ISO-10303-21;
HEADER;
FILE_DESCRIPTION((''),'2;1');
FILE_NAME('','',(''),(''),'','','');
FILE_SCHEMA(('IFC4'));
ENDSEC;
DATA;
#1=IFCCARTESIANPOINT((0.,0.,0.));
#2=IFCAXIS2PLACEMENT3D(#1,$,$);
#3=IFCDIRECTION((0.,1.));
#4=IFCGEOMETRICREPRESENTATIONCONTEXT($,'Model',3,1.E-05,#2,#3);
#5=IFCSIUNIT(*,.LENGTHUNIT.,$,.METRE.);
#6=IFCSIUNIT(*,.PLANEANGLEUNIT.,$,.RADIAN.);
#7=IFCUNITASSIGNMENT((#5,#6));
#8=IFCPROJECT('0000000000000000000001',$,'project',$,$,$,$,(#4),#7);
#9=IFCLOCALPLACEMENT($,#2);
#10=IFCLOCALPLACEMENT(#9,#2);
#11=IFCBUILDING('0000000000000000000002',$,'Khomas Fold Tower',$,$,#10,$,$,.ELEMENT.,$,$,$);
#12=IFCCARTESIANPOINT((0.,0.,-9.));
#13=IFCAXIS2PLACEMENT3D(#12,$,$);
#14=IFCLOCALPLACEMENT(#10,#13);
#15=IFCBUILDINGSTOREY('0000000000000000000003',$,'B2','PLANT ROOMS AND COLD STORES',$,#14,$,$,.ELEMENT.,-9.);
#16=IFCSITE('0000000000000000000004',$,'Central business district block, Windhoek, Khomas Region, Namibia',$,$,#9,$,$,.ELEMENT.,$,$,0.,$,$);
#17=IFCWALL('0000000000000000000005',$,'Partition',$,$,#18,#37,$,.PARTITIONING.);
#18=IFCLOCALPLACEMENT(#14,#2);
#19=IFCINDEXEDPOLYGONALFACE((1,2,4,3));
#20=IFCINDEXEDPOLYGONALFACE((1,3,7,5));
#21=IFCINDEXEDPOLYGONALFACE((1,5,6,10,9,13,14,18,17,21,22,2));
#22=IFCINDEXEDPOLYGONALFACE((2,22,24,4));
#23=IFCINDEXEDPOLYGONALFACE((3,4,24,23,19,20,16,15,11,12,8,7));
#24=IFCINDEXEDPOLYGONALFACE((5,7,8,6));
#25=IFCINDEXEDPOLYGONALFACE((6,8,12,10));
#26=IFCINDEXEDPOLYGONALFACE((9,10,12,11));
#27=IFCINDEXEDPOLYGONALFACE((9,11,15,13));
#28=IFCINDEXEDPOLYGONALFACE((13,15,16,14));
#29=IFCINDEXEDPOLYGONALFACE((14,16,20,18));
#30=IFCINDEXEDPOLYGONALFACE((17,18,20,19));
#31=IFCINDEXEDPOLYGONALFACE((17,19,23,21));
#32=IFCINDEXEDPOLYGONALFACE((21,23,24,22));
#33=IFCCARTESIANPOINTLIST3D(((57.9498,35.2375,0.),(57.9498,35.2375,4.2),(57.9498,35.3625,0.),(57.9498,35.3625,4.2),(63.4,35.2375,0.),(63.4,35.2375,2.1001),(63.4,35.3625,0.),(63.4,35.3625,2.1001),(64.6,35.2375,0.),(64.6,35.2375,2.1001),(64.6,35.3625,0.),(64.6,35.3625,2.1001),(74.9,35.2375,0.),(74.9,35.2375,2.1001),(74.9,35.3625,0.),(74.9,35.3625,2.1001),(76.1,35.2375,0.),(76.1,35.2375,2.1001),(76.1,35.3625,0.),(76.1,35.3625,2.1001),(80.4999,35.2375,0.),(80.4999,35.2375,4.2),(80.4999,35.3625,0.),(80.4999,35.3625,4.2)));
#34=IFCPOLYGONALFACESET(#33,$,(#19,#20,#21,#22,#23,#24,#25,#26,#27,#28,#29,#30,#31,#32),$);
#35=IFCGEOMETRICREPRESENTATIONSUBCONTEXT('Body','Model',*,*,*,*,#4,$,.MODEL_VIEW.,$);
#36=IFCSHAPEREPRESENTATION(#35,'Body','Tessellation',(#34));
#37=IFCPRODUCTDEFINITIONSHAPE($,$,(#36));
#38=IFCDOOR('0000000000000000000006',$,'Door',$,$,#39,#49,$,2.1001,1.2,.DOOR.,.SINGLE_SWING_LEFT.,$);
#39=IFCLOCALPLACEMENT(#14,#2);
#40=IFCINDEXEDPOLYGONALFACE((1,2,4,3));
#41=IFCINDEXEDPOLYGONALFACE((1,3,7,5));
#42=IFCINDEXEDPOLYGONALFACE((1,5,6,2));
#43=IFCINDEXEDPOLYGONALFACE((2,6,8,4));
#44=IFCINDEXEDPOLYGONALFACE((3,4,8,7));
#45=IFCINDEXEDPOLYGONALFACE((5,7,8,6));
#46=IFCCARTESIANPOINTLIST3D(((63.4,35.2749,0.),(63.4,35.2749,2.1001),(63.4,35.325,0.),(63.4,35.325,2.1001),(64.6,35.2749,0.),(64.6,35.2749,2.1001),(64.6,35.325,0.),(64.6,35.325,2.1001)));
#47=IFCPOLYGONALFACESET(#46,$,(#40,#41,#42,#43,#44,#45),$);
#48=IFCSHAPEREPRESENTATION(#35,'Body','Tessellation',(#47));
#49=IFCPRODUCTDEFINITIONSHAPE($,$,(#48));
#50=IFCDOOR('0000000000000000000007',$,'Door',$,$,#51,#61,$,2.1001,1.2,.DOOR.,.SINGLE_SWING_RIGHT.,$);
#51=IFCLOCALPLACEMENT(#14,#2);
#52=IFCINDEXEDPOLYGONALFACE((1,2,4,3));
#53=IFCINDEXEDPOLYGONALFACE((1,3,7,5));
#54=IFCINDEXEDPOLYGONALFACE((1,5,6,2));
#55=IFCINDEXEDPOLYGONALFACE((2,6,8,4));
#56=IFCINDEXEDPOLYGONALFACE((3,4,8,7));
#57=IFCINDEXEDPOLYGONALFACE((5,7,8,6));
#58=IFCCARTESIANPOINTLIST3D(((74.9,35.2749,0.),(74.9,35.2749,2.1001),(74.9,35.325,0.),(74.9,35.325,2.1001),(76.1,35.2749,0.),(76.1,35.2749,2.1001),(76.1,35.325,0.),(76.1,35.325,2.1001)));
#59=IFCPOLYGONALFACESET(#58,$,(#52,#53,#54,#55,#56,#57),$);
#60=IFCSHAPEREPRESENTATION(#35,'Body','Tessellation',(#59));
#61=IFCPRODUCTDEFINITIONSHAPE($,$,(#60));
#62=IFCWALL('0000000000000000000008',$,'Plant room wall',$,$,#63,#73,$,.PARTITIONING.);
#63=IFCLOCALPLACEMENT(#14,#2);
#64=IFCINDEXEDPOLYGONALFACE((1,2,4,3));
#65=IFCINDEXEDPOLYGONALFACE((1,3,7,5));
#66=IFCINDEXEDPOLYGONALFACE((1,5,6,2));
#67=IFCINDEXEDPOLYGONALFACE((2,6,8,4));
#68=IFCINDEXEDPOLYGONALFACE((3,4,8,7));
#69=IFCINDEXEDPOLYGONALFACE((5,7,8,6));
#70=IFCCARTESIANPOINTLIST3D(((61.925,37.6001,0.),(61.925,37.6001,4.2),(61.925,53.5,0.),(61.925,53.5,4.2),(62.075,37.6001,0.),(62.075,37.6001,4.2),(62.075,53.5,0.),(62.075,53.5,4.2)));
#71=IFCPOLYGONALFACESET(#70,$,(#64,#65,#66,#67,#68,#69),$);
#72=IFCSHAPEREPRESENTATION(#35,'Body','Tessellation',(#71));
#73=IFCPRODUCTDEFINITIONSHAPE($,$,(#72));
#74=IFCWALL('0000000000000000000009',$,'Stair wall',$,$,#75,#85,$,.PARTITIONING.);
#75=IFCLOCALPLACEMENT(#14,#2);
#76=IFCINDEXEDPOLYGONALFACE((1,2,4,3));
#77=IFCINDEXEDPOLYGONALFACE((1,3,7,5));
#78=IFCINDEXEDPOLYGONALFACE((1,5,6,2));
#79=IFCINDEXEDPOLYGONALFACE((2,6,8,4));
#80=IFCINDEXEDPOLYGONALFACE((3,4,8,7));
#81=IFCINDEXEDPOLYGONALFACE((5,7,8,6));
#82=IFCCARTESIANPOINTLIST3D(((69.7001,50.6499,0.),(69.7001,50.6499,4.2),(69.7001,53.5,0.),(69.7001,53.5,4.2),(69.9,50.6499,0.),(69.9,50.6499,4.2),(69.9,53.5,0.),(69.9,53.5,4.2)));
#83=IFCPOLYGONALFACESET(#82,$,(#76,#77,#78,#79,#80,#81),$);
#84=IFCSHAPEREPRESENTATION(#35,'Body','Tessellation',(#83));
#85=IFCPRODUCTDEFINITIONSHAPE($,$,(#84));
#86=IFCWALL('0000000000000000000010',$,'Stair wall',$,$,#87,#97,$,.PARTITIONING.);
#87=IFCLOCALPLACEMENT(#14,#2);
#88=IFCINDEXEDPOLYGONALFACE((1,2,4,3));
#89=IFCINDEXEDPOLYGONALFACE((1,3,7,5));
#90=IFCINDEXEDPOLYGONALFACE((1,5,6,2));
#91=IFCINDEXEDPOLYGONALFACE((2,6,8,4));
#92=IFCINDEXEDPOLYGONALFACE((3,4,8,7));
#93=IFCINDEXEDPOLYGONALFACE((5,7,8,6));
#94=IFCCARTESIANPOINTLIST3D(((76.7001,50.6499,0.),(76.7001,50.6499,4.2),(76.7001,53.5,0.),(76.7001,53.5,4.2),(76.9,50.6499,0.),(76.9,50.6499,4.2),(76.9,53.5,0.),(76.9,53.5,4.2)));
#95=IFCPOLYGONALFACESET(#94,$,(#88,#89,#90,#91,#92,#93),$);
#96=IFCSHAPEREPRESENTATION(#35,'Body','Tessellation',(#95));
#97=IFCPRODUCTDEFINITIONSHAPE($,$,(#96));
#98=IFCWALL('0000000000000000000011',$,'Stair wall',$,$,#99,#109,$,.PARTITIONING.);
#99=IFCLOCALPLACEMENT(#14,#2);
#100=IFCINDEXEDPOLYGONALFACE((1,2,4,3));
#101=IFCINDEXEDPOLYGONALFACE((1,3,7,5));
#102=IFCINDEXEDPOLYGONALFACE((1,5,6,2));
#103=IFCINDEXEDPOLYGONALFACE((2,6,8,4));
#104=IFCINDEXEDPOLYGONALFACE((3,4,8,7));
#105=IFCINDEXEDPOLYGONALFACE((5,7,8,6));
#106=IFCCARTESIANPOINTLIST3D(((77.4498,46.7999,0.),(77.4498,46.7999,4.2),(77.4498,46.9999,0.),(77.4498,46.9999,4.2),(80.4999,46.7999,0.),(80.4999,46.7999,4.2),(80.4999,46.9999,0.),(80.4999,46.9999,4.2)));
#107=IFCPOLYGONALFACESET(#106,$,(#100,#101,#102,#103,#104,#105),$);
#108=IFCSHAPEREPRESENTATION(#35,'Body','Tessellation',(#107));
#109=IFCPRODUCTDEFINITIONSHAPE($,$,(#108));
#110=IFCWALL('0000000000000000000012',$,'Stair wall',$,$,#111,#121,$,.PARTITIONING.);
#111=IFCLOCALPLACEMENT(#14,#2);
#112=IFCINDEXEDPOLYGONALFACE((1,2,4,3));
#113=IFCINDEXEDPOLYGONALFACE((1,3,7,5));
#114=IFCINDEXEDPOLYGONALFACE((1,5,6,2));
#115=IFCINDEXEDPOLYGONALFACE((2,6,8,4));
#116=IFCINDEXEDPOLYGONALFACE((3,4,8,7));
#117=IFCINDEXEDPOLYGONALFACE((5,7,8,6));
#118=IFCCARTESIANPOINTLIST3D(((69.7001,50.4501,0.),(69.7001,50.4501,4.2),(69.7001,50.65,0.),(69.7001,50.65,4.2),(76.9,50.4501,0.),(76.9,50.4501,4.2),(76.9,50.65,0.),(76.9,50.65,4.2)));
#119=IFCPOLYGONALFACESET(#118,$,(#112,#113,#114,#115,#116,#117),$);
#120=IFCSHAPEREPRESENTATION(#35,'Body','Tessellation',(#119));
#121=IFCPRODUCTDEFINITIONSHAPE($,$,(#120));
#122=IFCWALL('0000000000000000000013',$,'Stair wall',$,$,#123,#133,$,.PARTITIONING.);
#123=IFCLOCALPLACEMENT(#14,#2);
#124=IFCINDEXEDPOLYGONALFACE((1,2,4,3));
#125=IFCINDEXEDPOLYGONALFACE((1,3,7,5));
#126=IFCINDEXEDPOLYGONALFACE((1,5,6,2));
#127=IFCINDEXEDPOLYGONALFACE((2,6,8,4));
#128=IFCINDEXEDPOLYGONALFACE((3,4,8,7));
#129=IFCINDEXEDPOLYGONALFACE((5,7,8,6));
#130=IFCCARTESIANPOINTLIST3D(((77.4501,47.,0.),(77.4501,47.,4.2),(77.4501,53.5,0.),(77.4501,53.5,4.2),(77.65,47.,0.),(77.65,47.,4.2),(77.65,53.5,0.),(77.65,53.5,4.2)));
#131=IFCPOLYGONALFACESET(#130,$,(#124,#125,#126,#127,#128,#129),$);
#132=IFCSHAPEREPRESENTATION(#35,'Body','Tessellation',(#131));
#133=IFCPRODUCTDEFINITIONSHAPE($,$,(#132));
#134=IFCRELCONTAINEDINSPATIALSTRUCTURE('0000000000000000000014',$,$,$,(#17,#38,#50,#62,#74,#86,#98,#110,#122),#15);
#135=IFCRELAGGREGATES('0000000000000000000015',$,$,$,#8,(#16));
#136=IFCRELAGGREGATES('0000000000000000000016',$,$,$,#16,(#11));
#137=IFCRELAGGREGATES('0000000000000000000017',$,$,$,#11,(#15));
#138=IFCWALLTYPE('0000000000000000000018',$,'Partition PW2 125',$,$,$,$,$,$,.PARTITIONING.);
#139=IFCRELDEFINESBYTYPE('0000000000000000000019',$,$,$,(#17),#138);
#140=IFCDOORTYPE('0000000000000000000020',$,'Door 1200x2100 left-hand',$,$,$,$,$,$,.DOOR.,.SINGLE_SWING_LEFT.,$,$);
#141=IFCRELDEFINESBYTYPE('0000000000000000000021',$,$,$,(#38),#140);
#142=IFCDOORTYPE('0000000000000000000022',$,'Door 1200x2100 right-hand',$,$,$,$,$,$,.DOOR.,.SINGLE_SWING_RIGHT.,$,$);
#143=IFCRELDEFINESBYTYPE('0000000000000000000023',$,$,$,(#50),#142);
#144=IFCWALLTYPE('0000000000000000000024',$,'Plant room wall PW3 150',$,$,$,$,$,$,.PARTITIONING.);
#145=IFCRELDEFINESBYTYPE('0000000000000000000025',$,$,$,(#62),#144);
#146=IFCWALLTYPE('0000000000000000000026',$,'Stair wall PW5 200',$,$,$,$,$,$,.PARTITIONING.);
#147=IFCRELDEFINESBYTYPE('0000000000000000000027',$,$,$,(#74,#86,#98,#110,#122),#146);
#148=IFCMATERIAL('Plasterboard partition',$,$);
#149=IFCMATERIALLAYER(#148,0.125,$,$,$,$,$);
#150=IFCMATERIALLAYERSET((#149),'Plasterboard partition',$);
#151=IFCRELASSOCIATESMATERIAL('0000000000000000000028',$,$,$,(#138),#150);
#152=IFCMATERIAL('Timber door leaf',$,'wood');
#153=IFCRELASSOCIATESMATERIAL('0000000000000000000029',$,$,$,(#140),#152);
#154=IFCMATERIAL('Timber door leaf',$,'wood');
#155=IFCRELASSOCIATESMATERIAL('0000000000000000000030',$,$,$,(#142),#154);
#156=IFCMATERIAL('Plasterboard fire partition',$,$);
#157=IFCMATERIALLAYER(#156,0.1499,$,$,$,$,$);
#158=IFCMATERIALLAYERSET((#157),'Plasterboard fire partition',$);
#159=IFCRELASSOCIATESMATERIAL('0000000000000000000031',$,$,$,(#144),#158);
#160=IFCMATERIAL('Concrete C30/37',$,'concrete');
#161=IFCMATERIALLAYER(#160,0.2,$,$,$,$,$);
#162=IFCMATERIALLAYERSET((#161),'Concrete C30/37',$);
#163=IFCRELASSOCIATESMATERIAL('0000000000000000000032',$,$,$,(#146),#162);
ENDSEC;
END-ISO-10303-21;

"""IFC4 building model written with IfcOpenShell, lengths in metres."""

from ifc_helpers import new_model, si_unit, direction, frame, frame_2d, origin, place, context, subcontext, project, spatial, rectangle, extrude, source, transform, mapped, material, layer, layer_set, type_object, element, fill, save


model = new_model("IFC4")

# Units and contexts
model_context = context("Model", 3, precision=1e-05, world=origin(), true_north=direction((0.0, 1.0)))
body_context = subcontext(model_context, "Body", "Model", "MODEL_VIEW")
ifc_project = project(units=[si_unit("LENGTHUNIT", "METRE"), si_unit("PLANEANGLEUNIT", "RADIAN")], contexts=[model_context])

# Site, building, storey
site_placement = place(None, origin())
site = spatial("IfcSite", under=ifc_project, at=site_placement, Name="Central business district block, Windhoek, Khomas Region, Namibia", CompositionType="ELEMENT", RefElevation=0.0)
building_placement = place(site_placement, origin())
building = spatial("IfcBuilding", under=site, at=building_placement, Name="Khomas Fold Tower", CompositionType="ELEMENT")
storey_placement = place(building_placement, frame((0.0, 0.0, -9.0)))
storey = spatial("IfcBuildingStorey", under=building, at=storey_placement, Name="B2", Description="PLANT ROOMS AND COLD STORES", CompositionType="ELEMENT", Elevation=-9.0)

# Wall, openings, doors
ifc_material_1 = material(Name="Plasterboard partition")
ifc_layer_1 = layer(ifc_material_1, 0.125)
ifc_layer_set_1 = layer_set([ifc_layer_1], Name="Plasterboard partition")
wall_type_1 = type_object("IfcWallType", Name="Partition PW2 125", PredefinedType="PARTITIONING", material=ifc_layer_set_1)
shared_shape_1 = source(origin(), body_context, "Body", "SweptSolid", [
    extrude(rectangle(XDim=22.55, YDim=0.125, at=frame_2d((11.2749, 0.0))), origin(), (0.0, 0.0, 1.0), 4.2),
])
wall_1_placement = place(storey_placement, frame((57.95, 35.3, 0.0), z_axis=(0.0, 0.0, 1.0), x_axis=(1.0, 0.0, 0.0)))
wall_1 = element("IfcWall", 1, at=wall_1_placement, inside=storey, type_object=wall_type_1, Name="Partition", PredefinedType="PARTITIONING", context=body_context, shape_type="MappedRepresentation", body=[
    mapped(shared_shape_1, transform((0.0, 0.0, 0.0))),
])
shared_shape_2 = source(origin(), body_context, "Body", "SweptSolid", [
    extrude(rectangle(XDim=1.2, YDim=2.1001, at=frame_2d((0.6001, 1.05))), frame((0.0, 0.0725, 0.0), z_axis=(0.0, -1.0, 0.0), x_axis=(1.0, 0.0, 0.0)), (0.0, 0.0, 1.0), 0.145),
])
opening_1_placement = place(wall_1_placement, frame((5.45, 0.0, 0.0)))
opening_1 = element("IfcOpeningElement", 2, at=opening_1_placement, cuts=wall_1, PredefinedType="OPENING", context=body_context, shape_type="MappedRepresentation", body=[
    mapped(shared_shape_2, transform((0.0, 0.0, 0.0))),
])
opening_2_placement = place(wall_1_placement, frame((16.95, 0.0, 0.0)))
opening_2 = element("IfcOpeningElement", 3, at=opening_2_placement, cuts=wall_1, PredefinedType="OPENING", context=body_context, shape_type="MappedRepresentation", body=[
    mapped(shared_shape_2, transform((0.0, 0.0, 0.0))),
])
ifc_material_2 = material(Name="Timber door leaf", Category="wood")
door_type_1 = type_object("IfcDoorType", Name="Door 1200x2100 left-hand", OperationType="SINGLE_SWING_LEFT", PredefinedType="DOOR", material=ifc_material_2)
shared_shape_3 = source(origin(), body_context, "Body", "SweptSolid", [
    extrude(rectangle(XDim=1.2, YDim=2.1001, at=frame_2d((0.6001, 1.05))), frame((0.0, 0.0249, 0.0), z_axis=(0.0, -1.0, 0.0), x_axis=(1.0, 0.0, 0.0)), (0.0, 0.0, 1.0), 0.05),
])
door_1_placement = place(opening_1_placement, origin())
door_1 = element("IfcDoor", 4, at=door_1_placement, inside=storey, type_object=door_type_1, Name="Door", OperationType="SINGLE_SWING_LEFT", OverallHeight=2.1001, OverallWidth=1.2, PredefinedType="DOOR", context=body_context, shape_type="MappedRepresentation", body=[
    mapped(shared_shape_3, transform((0.0, 0.0, 0.0))),
])
fill(opening_1, door_1)
ifc_material_3 = material(Name="Timber door leaf", Category="wood")
door_type_2 = type_object("IfcDoorType", Name="Door 1200x2100 right-hand", OperationType="SINGLE_SWING_RIGHT", PredefinedType="DOOR", material=ifc_material_3)
door_2_placement = place(opening_2_placement, origin())
door_2 = element("IfcDoor", 5, at=door_2_placement, inside=storey, type_object=door_type_2, Name="Door", OperationType="SINGLE_SWING_RIGHT", OverallHeight=2.1001, OverallWidth=1.2, PredefinedType="DOOR", context=body_context, shape_type="MappedRepresentation", body=[
    mapped(shared_shape_3, transform((0.0, 0.0, 0.0))),
])
fill(opening_2, door_2)

# Walls
ifc_material_4 = material(Name="Plasterboard fire partition")
ifc_layer_2 = layer(ifc_material_4, 0.1499)
ifc_layer_set_2 = layer_set([ifc_layer_2], Name="Plasterboard fire partition")
wall_type_2 = type_object("IfcWallType", Name="Plant room wall PW3 150", PredefinedType="PARTITIONING", material=ifc_layer_set_2)
shared_shape_4 = source(origin(), body_context, "Body", "SweptSolid", [
    extrude(rectangle(XDim=15.8999, YDim=0.1499, at=frame_2d((7.95, 0.0))), origin(), (0.0, 0.0, 1.0), 4.2),
])
wall_2_placement = place(storey_placement, frame((62.0, 37.6001, 0.0), z_axis=(0.0, 0.0, 1.0), x_axis=(0.0, 1.0, 0.0)))
element("IfcWall", 6, at=wall_2_placement, inside=storey, type_object=wall_type_2, Name="Plant room wall", PredefinedType="PARTITIONING", context=body_context, shape_type="MappedRepresentation", body=[
    mapped(shared_shape_4, transform((0.0, 0.0, 0.0))),
])
ifc_material_5 = material(Name="Concrete C30/37", Category="concrete")
ifc_layer_3 = layer(ifc_material_5, 0.2)
ifc_layer_set_3 = layer_set([ifc_layer_3], Name="Concrete C30/37")
wall_type_3 = type_object("IfcWallType", Name="Stair wall PW5 200", PredefinedType="PARTITIONING", material=ifc_layer_set_3)
shared_shape_5 = source(origin(), body_context, "Body", "SweptSolid", [
    extrude(rectangle(XDim=2.8501, YDim=0.2, at=frame_2d((1.425, 0.0))), origin(), (0.0, 0.0, 1.0), 4.2),
])
for number, where, z_axis, x_axis, name in (
    (7, (69.8, 50.6499, 0.0), (0.0, 0.0, 1.0), (0.0, 1.0, 0.0), "Stair wall"),
    (8, (76.8, 50.6499, 0.0), (0.0, 0.0, 1.0), (0.0, 1.0, 0.0), "Stair wall"),
):
    element("IfcWall", number, at=place(storey_placement, frame(where, z_axis=z_axis, x_axis=x_axis)), inside=storey, type_object=wall_type_3, Name=name, PredefinedType="PARTITIONING", context=body_context, shape_type="MappedRepresentation", body=[
        mapped(shared_shape_5, transform((0.0, 0.0, 0.0))),
    ])
shared_shape_6 = source(origin(), body_context, "Body", "SweptSolid", [
    extrude(rectangle(XDim=3.05, YDim=0.2, at=frame_2d((1.5249, 0.0))), origin(), (0.0, 0.0, 1.0), 4.2),
])
wall_3_placement = place(storey_placement, frame((77.45, 46.8999, 0.0), z_axis=(0.0, 0.0, 1.0), x_axis=(1.0, 0.0, 0.0)))
element("IfcWall", 9, at=wall_3_placement, inside=storey, type_object=wall_type_3, Name="Stair wall", PredefinedType="PARTITIONING", context=body_context, shape_type="MappedRepresentation", body=[
    mapped(shared_shape_6, transform((0.0, 0.0, 0.0))),
])
shared_shape_7 = source(origin(), body_context, "Body", "SweptSolid", [
    extrude(rectangle(XDim=7.2, YDim=0.2, at=frame_2d((3.6001, 0.0))), origin(), (0.0, 0.0, 1.0), 4.2),
])
wall_4_placement = place(storey_placement, frame((69.7, 50.55, 0.0), z_axis=(0.0, 0.0, 1.0), x_axis=(1.0, 0.0, 0.0)))
element("IfcWall", 10, at=wall_4_placement, inside=storey, type_object=wall_type_3, Name="Stair wall", PredefinedType="PARTITIONING", context=body_context, shape_type="MappedRepresentation", body=[
    mapped(shared_shape_7, transform((0.0, 0.0, 0.0))),
])
shared_shape_8 = source(origin(), body_context, "Body", "SweptSolid", [
    extrude(rectangle(XDim=6.5, YDim=0.2, at=frame_2d((3.25, 0.0))), origin(), (0.0, 0.0, 1.0), 4.2),
])
wall_5_placement = place(storey_placement, frame((77.55, 47.0, 0.0), z_axis=(0.0, 0.0, 1.0), x_axis=(0.0, 1.0, 0.0)))
element("IfcWall", 11, at=wall_5_placement, inside=storey, type_object=wall_type_3, Name="Stair wall", PredefinedType="PARTITIONING", context=body_context, shape_type="MappedRepresentation", body=[
    mapped(shared_shape_8, transform((0.0, 0.0, 0.0))),
])

save(model, "model.ifc")
